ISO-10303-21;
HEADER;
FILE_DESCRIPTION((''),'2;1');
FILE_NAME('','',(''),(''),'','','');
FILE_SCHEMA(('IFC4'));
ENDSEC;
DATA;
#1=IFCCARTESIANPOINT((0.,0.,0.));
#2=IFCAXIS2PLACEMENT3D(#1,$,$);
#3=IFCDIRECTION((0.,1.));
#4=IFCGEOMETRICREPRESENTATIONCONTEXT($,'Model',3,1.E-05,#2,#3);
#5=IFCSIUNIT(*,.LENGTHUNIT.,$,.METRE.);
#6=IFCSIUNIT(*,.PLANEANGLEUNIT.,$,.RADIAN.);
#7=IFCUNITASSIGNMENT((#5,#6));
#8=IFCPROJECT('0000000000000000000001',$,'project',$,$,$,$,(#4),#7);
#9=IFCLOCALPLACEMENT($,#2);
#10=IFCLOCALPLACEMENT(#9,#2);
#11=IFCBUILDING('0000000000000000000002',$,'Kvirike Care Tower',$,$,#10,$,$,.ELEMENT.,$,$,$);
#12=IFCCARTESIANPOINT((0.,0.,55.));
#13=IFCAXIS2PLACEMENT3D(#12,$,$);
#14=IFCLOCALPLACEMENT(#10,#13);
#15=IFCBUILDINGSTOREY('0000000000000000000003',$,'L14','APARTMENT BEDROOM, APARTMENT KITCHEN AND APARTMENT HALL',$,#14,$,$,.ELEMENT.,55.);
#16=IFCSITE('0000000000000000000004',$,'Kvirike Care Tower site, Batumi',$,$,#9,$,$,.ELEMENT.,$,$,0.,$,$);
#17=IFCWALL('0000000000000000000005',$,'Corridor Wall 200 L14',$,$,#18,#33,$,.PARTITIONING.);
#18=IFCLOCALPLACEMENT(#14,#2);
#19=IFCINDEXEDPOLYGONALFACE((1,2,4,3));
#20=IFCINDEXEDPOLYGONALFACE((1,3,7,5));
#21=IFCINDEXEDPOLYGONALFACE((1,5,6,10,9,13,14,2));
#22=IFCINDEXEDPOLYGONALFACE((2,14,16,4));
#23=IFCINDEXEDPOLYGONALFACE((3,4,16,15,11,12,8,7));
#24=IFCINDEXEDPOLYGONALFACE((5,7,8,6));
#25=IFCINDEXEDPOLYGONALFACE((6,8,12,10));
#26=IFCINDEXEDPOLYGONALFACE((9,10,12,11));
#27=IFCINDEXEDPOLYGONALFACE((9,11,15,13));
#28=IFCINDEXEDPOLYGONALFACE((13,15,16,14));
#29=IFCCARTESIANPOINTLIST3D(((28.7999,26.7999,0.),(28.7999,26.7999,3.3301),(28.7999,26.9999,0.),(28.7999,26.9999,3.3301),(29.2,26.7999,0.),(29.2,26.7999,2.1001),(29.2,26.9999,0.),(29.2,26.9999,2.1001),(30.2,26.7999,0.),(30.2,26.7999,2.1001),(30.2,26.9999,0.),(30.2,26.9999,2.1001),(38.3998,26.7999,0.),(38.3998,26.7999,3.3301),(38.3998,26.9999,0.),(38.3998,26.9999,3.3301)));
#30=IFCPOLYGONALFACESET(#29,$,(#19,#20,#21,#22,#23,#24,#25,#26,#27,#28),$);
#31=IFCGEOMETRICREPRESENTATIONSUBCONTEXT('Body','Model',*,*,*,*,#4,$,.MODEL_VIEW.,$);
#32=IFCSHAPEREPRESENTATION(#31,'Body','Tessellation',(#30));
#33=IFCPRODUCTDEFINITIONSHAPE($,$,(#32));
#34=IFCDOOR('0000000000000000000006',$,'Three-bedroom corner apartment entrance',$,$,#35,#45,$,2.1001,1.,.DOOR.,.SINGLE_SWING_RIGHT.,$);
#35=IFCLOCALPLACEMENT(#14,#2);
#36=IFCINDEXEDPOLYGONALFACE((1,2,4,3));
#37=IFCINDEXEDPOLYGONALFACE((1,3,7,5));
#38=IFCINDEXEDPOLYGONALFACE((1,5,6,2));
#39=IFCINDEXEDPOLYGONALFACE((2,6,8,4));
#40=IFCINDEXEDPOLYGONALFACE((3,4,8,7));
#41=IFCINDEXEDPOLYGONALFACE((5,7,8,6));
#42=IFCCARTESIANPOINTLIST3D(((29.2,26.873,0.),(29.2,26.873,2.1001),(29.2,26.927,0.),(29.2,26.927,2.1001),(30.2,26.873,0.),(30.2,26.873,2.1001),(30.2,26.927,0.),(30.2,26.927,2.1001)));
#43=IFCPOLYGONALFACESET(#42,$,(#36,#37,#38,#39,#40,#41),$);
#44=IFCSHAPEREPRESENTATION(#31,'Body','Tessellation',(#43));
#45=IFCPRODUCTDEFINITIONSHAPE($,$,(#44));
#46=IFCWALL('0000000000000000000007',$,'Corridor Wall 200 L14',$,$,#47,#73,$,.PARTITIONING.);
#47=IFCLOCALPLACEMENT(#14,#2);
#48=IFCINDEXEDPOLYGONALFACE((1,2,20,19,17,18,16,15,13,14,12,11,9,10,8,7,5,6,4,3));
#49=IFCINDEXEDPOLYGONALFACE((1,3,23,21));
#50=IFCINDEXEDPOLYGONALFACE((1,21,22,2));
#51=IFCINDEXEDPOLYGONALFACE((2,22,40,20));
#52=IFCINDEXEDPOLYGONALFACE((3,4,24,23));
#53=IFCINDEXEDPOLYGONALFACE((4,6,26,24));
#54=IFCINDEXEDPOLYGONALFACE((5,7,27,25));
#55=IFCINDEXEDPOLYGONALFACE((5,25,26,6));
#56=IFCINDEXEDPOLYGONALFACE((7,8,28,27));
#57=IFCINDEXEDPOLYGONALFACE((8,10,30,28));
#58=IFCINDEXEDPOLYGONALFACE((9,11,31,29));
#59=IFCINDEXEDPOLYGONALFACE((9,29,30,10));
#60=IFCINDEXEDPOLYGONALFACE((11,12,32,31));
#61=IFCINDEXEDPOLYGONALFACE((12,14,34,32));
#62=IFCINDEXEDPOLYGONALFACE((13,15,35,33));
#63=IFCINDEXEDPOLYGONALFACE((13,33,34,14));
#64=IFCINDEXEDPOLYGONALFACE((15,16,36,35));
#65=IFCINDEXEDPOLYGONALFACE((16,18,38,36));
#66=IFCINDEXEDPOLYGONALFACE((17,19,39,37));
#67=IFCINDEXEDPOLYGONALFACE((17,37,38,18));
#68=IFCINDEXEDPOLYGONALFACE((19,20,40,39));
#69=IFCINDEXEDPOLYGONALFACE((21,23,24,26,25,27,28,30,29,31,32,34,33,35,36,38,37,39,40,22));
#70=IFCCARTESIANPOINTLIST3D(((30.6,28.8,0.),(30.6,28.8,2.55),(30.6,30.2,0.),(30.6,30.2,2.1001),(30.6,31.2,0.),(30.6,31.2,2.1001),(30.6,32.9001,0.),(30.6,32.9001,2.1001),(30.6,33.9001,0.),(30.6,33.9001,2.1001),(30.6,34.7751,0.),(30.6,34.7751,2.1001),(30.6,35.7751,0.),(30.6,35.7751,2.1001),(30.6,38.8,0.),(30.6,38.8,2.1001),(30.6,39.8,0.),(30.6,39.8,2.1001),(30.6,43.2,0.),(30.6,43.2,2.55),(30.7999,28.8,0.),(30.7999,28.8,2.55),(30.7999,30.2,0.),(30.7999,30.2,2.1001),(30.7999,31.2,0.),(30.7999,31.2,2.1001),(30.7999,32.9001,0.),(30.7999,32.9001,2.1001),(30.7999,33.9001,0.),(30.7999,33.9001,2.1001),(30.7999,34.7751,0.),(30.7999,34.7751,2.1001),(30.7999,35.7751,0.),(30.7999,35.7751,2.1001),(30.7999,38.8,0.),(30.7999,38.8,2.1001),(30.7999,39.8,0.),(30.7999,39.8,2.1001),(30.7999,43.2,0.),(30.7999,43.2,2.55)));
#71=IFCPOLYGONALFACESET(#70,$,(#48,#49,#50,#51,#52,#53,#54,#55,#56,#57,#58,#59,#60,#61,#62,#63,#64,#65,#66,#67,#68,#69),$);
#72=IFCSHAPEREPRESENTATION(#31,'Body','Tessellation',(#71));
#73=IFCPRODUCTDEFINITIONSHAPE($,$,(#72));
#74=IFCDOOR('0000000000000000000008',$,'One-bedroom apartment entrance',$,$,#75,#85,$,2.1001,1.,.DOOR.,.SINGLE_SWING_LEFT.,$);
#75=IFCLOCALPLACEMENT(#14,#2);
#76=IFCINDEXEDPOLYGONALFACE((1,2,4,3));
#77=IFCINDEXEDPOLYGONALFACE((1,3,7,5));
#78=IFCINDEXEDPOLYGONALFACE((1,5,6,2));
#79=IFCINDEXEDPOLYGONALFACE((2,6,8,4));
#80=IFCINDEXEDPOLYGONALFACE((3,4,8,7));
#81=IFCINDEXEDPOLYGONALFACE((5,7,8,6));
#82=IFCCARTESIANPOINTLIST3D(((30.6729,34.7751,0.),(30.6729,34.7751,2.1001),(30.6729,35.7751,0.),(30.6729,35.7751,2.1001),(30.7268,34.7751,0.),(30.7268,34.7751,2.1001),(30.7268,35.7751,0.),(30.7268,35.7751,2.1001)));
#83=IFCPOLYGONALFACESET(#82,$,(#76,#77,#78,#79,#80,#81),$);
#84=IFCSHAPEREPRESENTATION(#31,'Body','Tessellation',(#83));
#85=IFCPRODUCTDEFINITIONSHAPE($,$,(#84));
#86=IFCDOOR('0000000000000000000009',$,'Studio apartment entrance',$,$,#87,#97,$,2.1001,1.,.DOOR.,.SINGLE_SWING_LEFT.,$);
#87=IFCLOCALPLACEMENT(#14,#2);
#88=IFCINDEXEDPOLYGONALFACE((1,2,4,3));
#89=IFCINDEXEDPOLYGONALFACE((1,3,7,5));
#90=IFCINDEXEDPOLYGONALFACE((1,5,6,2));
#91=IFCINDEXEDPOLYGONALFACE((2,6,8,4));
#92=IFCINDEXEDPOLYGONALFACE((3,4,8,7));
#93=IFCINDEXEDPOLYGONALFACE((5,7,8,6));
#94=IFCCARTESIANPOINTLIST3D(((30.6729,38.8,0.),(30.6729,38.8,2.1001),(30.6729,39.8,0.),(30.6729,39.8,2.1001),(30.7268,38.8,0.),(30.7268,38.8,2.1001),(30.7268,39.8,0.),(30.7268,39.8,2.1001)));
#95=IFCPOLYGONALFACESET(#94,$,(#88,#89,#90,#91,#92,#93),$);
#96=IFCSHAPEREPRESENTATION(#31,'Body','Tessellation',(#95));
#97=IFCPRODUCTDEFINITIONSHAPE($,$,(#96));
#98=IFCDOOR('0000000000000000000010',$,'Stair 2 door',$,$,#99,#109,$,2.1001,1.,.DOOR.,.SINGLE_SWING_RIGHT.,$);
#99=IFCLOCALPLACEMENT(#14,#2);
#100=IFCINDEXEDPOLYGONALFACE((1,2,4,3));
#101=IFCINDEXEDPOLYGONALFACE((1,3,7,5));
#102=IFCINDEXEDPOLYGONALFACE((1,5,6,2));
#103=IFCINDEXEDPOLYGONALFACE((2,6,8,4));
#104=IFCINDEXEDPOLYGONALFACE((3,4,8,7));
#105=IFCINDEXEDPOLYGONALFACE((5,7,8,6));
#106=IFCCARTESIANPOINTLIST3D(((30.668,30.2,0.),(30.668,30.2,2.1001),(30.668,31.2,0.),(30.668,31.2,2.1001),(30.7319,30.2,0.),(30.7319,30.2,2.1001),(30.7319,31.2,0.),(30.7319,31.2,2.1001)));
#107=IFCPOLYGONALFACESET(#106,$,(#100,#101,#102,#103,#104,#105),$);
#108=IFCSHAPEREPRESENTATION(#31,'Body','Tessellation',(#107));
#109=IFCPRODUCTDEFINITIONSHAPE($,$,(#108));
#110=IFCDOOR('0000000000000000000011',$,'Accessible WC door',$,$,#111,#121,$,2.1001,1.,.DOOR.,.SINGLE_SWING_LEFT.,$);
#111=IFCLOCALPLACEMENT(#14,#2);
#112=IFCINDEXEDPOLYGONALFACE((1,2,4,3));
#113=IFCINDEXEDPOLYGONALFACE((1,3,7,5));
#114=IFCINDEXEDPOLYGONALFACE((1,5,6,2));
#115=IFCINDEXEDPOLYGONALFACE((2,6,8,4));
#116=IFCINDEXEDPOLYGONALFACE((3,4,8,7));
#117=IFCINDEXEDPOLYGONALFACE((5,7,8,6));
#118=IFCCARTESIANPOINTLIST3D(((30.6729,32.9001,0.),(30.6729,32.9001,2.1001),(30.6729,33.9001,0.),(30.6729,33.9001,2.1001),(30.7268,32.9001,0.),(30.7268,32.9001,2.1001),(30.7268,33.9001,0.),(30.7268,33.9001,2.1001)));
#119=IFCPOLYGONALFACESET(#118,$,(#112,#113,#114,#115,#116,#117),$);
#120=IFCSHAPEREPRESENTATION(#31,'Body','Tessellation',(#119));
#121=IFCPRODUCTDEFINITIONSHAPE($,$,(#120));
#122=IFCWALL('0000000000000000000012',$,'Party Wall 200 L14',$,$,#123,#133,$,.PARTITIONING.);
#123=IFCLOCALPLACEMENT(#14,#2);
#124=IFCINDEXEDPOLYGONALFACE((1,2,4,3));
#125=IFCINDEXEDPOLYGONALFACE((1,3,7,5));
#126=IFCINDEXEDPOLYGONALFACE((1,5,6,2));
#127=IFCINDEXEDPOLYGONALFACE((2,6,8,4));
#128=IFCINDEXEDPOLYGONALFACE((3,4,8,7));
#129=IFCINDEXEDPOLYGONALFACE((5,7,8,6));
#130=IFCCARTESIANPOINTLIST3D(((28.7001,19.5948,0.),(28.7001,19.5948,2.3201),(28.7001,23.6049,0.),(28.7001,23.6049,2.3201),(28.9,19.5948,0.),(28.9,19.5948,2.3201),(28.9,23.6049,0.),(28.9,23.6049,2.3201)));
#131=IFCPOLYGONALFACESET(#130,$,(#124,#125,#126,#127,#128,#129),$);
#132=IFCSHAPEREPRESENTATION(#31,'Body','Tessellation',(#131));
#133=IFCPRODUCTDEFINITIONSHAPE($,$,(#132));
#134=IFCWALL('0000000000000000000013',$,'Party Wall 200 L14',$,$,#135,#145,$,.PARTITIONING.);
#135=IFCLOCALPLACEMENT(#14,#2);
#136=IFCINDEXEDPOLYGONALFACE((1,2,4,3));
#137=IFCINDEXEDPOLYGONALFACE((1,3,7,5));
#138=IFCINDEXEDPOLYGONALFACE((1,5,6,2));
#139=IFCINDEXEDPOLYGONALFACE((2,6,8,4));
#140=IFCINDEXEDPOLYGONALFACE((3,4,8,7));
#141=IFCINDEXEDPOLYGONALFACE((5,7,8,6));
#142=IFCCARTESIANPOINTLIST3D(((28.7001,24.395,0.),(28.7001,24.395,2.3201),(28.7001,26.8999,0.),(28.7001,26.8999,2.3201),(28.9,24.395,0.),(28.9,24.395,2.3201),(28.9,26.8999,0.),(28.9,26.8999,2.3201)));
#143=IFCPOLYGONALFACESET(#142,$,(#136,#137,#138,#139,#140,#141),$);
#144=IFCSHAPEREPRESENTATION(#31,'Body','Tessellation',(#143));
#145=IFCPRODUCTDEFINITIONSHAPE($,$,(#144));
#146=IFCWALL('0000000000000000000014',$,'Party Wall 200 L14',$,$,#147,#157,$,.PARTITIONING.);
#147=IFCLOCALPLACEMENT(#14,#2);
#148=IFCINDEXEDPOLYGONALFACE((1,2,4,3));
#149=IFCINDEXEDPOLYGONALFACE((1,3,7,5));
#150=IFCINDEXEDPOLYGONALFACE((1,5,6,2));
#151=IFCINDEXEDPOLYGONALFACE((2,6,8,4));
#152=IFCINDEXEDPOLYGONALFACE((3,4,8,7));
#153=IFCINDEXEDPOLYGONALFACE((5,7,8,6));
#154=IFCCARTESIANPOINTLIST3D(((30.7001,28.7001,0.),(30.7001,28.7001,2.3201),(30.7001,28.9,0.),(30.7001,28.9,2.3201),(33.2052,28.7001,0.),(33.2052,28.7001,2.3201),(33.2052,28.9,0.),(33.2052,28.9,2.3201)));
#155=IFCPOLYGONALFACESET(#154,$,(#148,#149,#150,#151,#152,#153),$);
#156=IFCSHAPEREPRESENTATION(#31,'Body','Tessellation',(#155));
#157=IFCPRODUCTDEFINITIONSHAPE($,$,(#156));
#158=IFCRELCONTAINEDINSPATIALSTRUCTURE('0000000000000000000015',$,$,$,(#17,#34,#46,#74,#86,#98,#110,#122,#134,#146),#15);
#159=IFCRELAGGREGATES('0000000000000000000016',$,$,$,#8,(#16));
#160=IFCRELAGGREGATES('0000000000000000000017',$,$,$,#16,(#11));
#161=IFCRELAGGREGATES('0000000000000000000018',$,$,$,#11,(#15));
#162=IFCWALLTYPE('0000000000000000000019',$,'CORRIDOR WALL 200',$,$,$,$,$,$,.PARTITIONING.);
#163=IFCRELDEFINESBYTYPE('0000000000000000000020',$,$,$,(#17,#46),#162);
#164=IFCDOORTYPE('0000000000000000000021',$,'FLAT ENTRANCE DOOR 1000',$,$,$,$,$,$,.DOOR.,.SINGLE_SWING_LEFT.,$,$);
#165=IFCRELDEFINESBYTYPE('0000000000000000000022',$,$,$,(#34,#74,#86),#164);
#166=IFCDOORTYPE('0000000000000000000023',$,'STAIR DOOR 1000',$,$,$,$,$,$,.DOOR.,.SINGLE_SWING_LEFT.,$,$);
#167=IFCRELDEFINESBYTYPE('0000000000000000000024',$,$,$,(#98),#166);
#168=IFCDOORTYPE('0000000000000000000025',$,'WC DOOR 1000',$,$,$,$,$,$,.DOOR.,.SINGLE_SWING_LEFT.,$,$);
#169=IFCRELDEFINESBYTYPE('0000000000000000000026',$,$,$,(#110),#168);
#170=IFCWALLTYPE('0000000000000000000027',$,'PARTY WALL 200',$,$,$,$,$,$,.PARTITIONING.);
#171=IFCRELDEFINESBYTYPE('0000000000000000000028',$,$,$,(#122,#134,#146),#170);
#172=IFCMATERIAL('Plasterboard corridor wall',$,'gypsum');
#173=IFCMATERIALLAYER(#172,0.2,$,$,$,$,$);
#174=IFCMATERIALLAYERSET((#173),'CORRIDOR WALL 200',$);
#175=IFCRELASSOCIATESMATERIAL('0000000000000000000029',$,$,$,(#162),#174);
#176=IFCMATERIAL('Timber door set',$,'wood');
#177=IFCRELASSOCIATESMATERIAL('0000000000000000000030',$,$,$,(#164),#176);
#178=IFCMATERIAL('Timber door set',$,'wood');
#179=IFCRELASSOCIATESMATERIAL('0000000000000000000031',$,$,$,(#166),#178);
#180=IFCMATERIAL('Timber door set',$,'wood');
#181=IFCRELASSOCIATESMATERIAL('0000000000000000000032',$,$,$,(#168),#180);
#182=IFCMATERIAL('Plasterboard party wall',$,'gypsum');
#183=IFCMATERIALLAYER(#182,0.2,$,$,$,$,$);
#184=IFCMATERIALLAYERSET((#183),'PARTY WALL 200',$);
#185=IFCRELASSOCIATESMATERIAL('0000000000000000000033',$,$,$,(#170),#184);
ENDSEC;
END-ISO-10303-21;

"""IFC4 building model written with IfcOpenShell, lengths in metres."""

from ifc_helpers import new_model, si_unit, direction, frame, frame_2d, origin, place, context, subcontext, project, spatial, rectangle, extrude, material, layer, layer_set, type_object, element, fill, save


model = new_model("IFC4")

# Units and contexts
model_context = context("Model", 3, precision=1e-05, world=origin(), true_north=direction((0.0, 1.0)))
body_context = subcontext(model_context, "Body", "Model", "MODEL_VIEW")
ifc_project = project(units=[si_unit("LENGTHUNIT", "METRE"), si_unit("PLANEANGLEUNIT", "RADIAN")], contexts=[model_context])

# Site, building, storey
site_placement = place(None, origin())
site = spatial("IfcSite", under=ifc_project, at=site_placement, Name="Kvirike Care Tower site, Batumi", CompositionType="ELEMENT", RefElevation=0.0)
building_placement = place(site_placement, origin())
building = spatial("IfcBuilding", under=site, at=building_placement, Name="Kvirike Care Tower", CompositionType="ELEMENT")
storey_placement = place(building_placement, frame((0.0, 0.0, 55.0)))
storey = spatial("IfcBuildingStorey", under=building, at=storey_placement, Name="L14", Description="APARTMENT BEDROOM, APARTMENT KITCHEN AND APARTMENT HALL", CompositionType="ELEMENT", Elevation=55.0)

# Wall, opening, door
ifc_material_1 = material(Name="Plasterboard corridor wall", Category="gypsum")
ifc_layer_1 = layer(ifc_material_1, 0.2)
ifc_layer_set_1 = layer_set([ifc_layer_1], Name="CORRIDOR WALL 200")
wall_type_1 = type_object("IfcWallType", Name="CORRIDOR WALL 200", PredefinedType="PARTITIONING", material=ifc_layer_set_1)
wall_1_placement = place(storey_placement, frame((28.8, 26.8999, 0.0), z_axis=(0.0, 0.0, 1.0), x_axis=(1.0, 0.0, 0.0)))
wall_1 = element("IfcWall", 1, at=wall_1_placement, inside=storey, type_object=wall_type_1, Name="Corridor Wall 200 L14", PredefinedType="PARTITIONING", context=body_context, shape_type="SweptSolid", body=[
    extrude(rectangle(XDim=9.5999, YDim=0.2, at=frame_2d((4.7998, 0.0))), origin(), (0.0, 0.0, 1.0), 3.3301),
])
opening_1_placement = place(wall_1_placement, frame((0.3999, 0.0, 0.0)))
opening_1 = element("IfcOpeningElement", 2, at=opening_1_placement, cuts=wall_1, PredefinedType="OPENING", context=body_context, shape_type="SweptSolid", body=[
    extrude(rectangle(XDim=1.0, YDim=2.1001, at=frame_2d((0.5, 1.05))), frame((0.0, 0.1106, 0.0), z_axis=(0.0, -1.0, 0.0), x_axis=(1.0, 0.0, 0.0)), (0.0, 0.0, 1.0), 0.2209),
])
ifc_material_2 = material(Name="Timber door set", Category="wood")
door_type_1 = type_object("IfcDoorType", Name="FLAT ENTRANCE DOOR 1000", OperationType="SINGLE_SWING_LEFT", PredefinedType="DOOR", material=ifc_material_2)
door_1_placement = place(opening_1_placement, frame((1.0, 0.0, 0.0), z_axis=(0.0, 0.0, 1.0), x_axis=(-1.0, 0.0, 0.0)))
door_1 = element("IfcDoor", 3, at=door_1_placement, inside=storey, type_object=door_type_1, Name="Three-bedroom corner apartment entrance", OperationType="SINGLE_SWING_RIGHT", OverallHeight=2.1001, OverallWidth=1.0, PredefinedType="DOOR", context=body_context, shape_type="SweptSolid", body=[
    extrude(rectangle(XDim=1.0, YDim=2.1001, at=frame_2d((0.5, 1.05))), frame((0.0, 0.0269, 0.0), z_axis=(0.0, -1.0, 0.0), x_axis=(1.0, 0.0, 0.0)), (0.0, 0.0, 1.0), 0.054),
])
fill(opening_1, door_1)

# Wall, openings, doors
wall_2_placement = place(storey_placement, frame((30.7, 28.8, 0.0), z_axis=(0.0, 0.0, 1.0), x_axis=(0.0, 1.0, 0.0)))
wall_2 = element("IfcWall", 4, at=wall_2_placement, inside=storey, type_object=wall_type_1, Name="Corridor Wall 200 L14", PredefinedType="PARTITIONING", context=body_context, shape_type="SweptSolid", body=[
    extrude(rectangle(XDim=14.3999, YDim=0.2, at=frame_2d((7.2, 0.0))), origin(), (0.0, 0.0, 1.0), 2.55),
])
opening_2_placement = place(wall_2_placement, frame((1.3999, 0.0, 0.0)))
opening_2 = element("IfcOpeningElement", 5, at=opening_2_placement, cuts=wall_2, PredefinedType="OPENING", context=body_context, shape_type="SweptSolid", body=[
    extrude(rectangle(XDim=1.0, YDim=2.1001, at=frame_2d((0.5, 1.05))), frame((0.0, 0.1106, 0.0), z_axis=(0.0, -1.0, 0.0), x_axis=(1.0, 0.0, 0.0)), (0.0, 0.0, 1.0), 0.2209),
])
opening_3_placement = place(wall_2_placement, frame((4.1001, 0.0, 0.0)))
opening_3 = element("IfcOpeningElement", 6, at=opening_3_placement, cuts=wall_2, PredefinedType="OPENING", context=body_context, shape_type="SweptSolid", body=[
    extrude(rectangle(XDim=1.0, YDim=2.1001, at=frame_2d((0.5, 1.05))), frame((0.0, 0.1106, 0.0), z_axis=(0.0, -1.0, 0.0), x_axis=(1.0, 0.0, 0.0)), (0.0, 0.0, 1.0), 0.2209),
])
opening_4_placement = place(wall_2_placement, frame((5.9751, 0.0, 0.0)))
opening_4 = element("IfcOpeningElement", 7, at=opening_4_placement, cuts=wall_2, PredefinedType="OPENING", context=body_context, shape_type="SweptSolid", body=[
    extrude(rectangle(XDim=1.0, YDim=2.1001, at=frame_2d((0.5, 1.05))), frame((0.0, 0.1106, 0.0), z_axis=(0.0, -1.0, 0.0), x_axis=(1.0, 0.0, 0.0)), (0.0, 0.0, 1.0), 0.2209),
])
opening_5_placement = place(wall_2_placement, frame((10.0, 0.0, 0.0)))
opening_5 = element("IfcOpeningElement", 8, at=opening_5_placement, cuts=wall_2, PredefinedType="OPENING", context=body_context, shape_type="SweptSolid", body=[
    extrude(rectangle(XDim=1.0, YDim=2.1001, at=frame_2d((0.5, 1.05))), frame((0.0, 0.1106, 0.0), z_axis=(0.0, -1.0, 0.0), x_axis=(1.0, 0.0, 0.0)), (0.0, 0.0, 1.0), 0.2209),
])
door_2_placement = place(opening_4_placement, frame((1.0, 0.0, 0.0), z_axis=(0.0, 0.0, 1.0), x_axis=(-1.0, 0.0, 0.0)))
door_2 = element("IfcDoor", 9, at=door_2_placement, inside=storey, type_object=door_type_1, Name="One-bedroom apartment entrance", OperationType="SINGLE_SWING_LEFT", OverallHeight=2.1001, OverallWidth=1.0, PredefinedType="DOOR", context=body_context, shape_type="SweptSolid", body=[
    extrude(rectangle(XDim=1.0, YDim=2.1001, at=frame_2d((0.5, 1.05))), frame((0.0, 0.0269, 0.0), z_axis=(0.0, -1.0, 0.0), x_axis=(1.0, 0.0, 0.0)), (0.0, 0.0, 1.0), 0.054),
])
fill(opening_4, door_2)
door_3_placement = place(opening_5_placement, frame((1.0, 0.0, 0.0), z_axis=(0.0, 0.0, 1.0), x_axis=(-1.0, 0.0, 0.0)))
door_3 = element("IfcDoor", 10, at=door_3_placement, inside=storey, type_object=door_type_1, Name="Studio apartment entrance", OperationType="SINGLE_SWING_LEFT", OverallHeight=2.1001, OverallWidth=1.0, PredefinedType="DOOR", context=body_context, shape_type="SweptSolid", body=[
    extrude(rectangle(XDim=1.0, YDim=2.1001, at=frame_2d((0.5, 1.05))), frame((0.0, 0.0269, 0.0), z_axis=(0.0, -1.0, 0.0), x_axis=(1.0, 0.0, 0.0)), (0.0, 0.0, 1.0), 0.054),
])
fill(opening_5, door_3)
ifc_material_3 = material(Name="Timber door set", Category="wood")
door_type_2 = type_object("IfcDoorType", Name="STAIR DOOR 1000", OperationType="SINGLE_SWING_LEFT", PredefinedType="DOOR", material=ifc_material_3)
door_4_placement = place(opening_2_placement, frame((1.0, 0.0, 0.0), z_axis=(0.0, 0.0, 1.0), x_axis=(-1.0, 0.0, 0.0)))
door_4 = element("IfcDoor", 11, at=door_4_placement, inside=storey, type_object=door_type_2, Name="Stair 2 door", OperationType="SINGLE_SWING_RIGHT", OverallHeight=2.1001, OverallWidth=1.0, PredefinedType="DOOR", context=body_context, shape_type="SweptSolid", body=[
    extrude(rectangle(XDim=1.0, YDim=2.1001, at=frame_2d((0.5, 1.05))), frame((0.0, 0.032, 0.0), z_axis=(0.0, -1.0, 0.0), x_axis=(1.0, 0.0, 0.0)), (0.0, 0.0, 1.0), 0.064),
])
fill(opening_2, door_4)
ifc_material_4 = material(Name="Timber door set", Category="wood")
door_type_3 = type_object("IfcDoorType", Name="WC DOOR 1000", OperationType="SINGLE_SWING_LEFT", PredefinedType="DOOR", material=ifc_material_4)
door_5_placement = place(opening_3_placement, frame((1.0, 0.0, 0.0), z_axis=(0.0, 0.0, 1.0), x_axis=(-1.0, 0.0, 0.0)))
door_5 = element("IfcDoor", 12, at=door_5_placement, inside=storey, type_object=door_type_3, Name="Accessible WC door", OperationType="SINGLE_SWING_LEFT", OverallHeight=2.1001, OverallWidth=1.0, PredefinedType="DOOR", context=body_context, shape_type="SweptSolid", body=[
    extrude(rectangle(XDim=1.0, YDim=2.1001, at=frame_2d((0.5, 1.05))), frame((0.0, 0.0269, 0.0), z_axis=(0.0, -1.0, 0.0), x_axis=(1.0, 0.0, 0.0)), (0.0, 0.0, 1.0), 0.054),
])
fill(opening_3, door_5)

# Walls
ifc_material_5 = material(Name="Plasterboard party wall", Category="gypsum")
ifc_layer_2 = layer(ifc_material_5, 0.2)
ifc_layer_set_2 = layer_set([ifc_layer_2], Name="PARTY WALL 200")
wall_type_2 = type_object("IfcWallType", Name="PARTY WALL 200", PredefinedType="PARTITIONING", material=ifc_layer_set_2)
wall_3_placement = place(storey_placement, frame((28.8, 19.595, 0.0), z_axis=(0.0, 0.0, 1.0), x_axis=(0.0, 1.0, 0.0)))
element("IfcWall", 13, at=wall_3_placement, inside=storey, type_object=wall_type_2, Name="Party Wall 200 L14", PredefinedType="PARTITIONING", context=body_context, shape_type="SweptSolid", body=[
    extrude(rectangle(XDim=4.01, YDim=0.2, at=frame_2d((2.0049, 0.0))), origin(), (0.0, 0.0, 1.0), 2.3201),
])
wall_4_placement = place(storey_placement, frame((28.8, 24.395, 0.0), z_axis=(0.0, 0.0, 1.0), x_axis=(0.0, 1.0, 0.0)))
element("IfcWall", 14, at=wall_4_placement, inside=storey, type_object=wall_type_2, Name="Party Wall 200 L14", PredefinedType="PARTITIONING", context=body_context, shape_type="SweptSolid", body=[
    extrude(rectangle(XDim=2.5049, YDim=0.2, at=frame_2d((1.2524, 0.0))), origin(), (0.0, 0.0, 1.0), 2.3201),
])
wall_5_placement = place(storey_placement, frame((33.2051, 28.8, 0.0), z_axis=(0.0, 0.0, 1.0), x_axis=(-1.0, 0.0, 0.0)))
element("IfcWall", 15, at=wall_5_placement, inside=storey, type_object=wall_type_2, Name="Party Wall 200 L14", PredefinedType="PARTITIONING", context=body_context, shape_type="SweptSolid", body=[
    extrude(rectangle(XDim=2.5051, YDim=0.2, at=frame_2d((1.2524, 0.0))), origin(), (0.0, 0.0, 1.0), 2.3201),
])

save(model, "model.ifc")
